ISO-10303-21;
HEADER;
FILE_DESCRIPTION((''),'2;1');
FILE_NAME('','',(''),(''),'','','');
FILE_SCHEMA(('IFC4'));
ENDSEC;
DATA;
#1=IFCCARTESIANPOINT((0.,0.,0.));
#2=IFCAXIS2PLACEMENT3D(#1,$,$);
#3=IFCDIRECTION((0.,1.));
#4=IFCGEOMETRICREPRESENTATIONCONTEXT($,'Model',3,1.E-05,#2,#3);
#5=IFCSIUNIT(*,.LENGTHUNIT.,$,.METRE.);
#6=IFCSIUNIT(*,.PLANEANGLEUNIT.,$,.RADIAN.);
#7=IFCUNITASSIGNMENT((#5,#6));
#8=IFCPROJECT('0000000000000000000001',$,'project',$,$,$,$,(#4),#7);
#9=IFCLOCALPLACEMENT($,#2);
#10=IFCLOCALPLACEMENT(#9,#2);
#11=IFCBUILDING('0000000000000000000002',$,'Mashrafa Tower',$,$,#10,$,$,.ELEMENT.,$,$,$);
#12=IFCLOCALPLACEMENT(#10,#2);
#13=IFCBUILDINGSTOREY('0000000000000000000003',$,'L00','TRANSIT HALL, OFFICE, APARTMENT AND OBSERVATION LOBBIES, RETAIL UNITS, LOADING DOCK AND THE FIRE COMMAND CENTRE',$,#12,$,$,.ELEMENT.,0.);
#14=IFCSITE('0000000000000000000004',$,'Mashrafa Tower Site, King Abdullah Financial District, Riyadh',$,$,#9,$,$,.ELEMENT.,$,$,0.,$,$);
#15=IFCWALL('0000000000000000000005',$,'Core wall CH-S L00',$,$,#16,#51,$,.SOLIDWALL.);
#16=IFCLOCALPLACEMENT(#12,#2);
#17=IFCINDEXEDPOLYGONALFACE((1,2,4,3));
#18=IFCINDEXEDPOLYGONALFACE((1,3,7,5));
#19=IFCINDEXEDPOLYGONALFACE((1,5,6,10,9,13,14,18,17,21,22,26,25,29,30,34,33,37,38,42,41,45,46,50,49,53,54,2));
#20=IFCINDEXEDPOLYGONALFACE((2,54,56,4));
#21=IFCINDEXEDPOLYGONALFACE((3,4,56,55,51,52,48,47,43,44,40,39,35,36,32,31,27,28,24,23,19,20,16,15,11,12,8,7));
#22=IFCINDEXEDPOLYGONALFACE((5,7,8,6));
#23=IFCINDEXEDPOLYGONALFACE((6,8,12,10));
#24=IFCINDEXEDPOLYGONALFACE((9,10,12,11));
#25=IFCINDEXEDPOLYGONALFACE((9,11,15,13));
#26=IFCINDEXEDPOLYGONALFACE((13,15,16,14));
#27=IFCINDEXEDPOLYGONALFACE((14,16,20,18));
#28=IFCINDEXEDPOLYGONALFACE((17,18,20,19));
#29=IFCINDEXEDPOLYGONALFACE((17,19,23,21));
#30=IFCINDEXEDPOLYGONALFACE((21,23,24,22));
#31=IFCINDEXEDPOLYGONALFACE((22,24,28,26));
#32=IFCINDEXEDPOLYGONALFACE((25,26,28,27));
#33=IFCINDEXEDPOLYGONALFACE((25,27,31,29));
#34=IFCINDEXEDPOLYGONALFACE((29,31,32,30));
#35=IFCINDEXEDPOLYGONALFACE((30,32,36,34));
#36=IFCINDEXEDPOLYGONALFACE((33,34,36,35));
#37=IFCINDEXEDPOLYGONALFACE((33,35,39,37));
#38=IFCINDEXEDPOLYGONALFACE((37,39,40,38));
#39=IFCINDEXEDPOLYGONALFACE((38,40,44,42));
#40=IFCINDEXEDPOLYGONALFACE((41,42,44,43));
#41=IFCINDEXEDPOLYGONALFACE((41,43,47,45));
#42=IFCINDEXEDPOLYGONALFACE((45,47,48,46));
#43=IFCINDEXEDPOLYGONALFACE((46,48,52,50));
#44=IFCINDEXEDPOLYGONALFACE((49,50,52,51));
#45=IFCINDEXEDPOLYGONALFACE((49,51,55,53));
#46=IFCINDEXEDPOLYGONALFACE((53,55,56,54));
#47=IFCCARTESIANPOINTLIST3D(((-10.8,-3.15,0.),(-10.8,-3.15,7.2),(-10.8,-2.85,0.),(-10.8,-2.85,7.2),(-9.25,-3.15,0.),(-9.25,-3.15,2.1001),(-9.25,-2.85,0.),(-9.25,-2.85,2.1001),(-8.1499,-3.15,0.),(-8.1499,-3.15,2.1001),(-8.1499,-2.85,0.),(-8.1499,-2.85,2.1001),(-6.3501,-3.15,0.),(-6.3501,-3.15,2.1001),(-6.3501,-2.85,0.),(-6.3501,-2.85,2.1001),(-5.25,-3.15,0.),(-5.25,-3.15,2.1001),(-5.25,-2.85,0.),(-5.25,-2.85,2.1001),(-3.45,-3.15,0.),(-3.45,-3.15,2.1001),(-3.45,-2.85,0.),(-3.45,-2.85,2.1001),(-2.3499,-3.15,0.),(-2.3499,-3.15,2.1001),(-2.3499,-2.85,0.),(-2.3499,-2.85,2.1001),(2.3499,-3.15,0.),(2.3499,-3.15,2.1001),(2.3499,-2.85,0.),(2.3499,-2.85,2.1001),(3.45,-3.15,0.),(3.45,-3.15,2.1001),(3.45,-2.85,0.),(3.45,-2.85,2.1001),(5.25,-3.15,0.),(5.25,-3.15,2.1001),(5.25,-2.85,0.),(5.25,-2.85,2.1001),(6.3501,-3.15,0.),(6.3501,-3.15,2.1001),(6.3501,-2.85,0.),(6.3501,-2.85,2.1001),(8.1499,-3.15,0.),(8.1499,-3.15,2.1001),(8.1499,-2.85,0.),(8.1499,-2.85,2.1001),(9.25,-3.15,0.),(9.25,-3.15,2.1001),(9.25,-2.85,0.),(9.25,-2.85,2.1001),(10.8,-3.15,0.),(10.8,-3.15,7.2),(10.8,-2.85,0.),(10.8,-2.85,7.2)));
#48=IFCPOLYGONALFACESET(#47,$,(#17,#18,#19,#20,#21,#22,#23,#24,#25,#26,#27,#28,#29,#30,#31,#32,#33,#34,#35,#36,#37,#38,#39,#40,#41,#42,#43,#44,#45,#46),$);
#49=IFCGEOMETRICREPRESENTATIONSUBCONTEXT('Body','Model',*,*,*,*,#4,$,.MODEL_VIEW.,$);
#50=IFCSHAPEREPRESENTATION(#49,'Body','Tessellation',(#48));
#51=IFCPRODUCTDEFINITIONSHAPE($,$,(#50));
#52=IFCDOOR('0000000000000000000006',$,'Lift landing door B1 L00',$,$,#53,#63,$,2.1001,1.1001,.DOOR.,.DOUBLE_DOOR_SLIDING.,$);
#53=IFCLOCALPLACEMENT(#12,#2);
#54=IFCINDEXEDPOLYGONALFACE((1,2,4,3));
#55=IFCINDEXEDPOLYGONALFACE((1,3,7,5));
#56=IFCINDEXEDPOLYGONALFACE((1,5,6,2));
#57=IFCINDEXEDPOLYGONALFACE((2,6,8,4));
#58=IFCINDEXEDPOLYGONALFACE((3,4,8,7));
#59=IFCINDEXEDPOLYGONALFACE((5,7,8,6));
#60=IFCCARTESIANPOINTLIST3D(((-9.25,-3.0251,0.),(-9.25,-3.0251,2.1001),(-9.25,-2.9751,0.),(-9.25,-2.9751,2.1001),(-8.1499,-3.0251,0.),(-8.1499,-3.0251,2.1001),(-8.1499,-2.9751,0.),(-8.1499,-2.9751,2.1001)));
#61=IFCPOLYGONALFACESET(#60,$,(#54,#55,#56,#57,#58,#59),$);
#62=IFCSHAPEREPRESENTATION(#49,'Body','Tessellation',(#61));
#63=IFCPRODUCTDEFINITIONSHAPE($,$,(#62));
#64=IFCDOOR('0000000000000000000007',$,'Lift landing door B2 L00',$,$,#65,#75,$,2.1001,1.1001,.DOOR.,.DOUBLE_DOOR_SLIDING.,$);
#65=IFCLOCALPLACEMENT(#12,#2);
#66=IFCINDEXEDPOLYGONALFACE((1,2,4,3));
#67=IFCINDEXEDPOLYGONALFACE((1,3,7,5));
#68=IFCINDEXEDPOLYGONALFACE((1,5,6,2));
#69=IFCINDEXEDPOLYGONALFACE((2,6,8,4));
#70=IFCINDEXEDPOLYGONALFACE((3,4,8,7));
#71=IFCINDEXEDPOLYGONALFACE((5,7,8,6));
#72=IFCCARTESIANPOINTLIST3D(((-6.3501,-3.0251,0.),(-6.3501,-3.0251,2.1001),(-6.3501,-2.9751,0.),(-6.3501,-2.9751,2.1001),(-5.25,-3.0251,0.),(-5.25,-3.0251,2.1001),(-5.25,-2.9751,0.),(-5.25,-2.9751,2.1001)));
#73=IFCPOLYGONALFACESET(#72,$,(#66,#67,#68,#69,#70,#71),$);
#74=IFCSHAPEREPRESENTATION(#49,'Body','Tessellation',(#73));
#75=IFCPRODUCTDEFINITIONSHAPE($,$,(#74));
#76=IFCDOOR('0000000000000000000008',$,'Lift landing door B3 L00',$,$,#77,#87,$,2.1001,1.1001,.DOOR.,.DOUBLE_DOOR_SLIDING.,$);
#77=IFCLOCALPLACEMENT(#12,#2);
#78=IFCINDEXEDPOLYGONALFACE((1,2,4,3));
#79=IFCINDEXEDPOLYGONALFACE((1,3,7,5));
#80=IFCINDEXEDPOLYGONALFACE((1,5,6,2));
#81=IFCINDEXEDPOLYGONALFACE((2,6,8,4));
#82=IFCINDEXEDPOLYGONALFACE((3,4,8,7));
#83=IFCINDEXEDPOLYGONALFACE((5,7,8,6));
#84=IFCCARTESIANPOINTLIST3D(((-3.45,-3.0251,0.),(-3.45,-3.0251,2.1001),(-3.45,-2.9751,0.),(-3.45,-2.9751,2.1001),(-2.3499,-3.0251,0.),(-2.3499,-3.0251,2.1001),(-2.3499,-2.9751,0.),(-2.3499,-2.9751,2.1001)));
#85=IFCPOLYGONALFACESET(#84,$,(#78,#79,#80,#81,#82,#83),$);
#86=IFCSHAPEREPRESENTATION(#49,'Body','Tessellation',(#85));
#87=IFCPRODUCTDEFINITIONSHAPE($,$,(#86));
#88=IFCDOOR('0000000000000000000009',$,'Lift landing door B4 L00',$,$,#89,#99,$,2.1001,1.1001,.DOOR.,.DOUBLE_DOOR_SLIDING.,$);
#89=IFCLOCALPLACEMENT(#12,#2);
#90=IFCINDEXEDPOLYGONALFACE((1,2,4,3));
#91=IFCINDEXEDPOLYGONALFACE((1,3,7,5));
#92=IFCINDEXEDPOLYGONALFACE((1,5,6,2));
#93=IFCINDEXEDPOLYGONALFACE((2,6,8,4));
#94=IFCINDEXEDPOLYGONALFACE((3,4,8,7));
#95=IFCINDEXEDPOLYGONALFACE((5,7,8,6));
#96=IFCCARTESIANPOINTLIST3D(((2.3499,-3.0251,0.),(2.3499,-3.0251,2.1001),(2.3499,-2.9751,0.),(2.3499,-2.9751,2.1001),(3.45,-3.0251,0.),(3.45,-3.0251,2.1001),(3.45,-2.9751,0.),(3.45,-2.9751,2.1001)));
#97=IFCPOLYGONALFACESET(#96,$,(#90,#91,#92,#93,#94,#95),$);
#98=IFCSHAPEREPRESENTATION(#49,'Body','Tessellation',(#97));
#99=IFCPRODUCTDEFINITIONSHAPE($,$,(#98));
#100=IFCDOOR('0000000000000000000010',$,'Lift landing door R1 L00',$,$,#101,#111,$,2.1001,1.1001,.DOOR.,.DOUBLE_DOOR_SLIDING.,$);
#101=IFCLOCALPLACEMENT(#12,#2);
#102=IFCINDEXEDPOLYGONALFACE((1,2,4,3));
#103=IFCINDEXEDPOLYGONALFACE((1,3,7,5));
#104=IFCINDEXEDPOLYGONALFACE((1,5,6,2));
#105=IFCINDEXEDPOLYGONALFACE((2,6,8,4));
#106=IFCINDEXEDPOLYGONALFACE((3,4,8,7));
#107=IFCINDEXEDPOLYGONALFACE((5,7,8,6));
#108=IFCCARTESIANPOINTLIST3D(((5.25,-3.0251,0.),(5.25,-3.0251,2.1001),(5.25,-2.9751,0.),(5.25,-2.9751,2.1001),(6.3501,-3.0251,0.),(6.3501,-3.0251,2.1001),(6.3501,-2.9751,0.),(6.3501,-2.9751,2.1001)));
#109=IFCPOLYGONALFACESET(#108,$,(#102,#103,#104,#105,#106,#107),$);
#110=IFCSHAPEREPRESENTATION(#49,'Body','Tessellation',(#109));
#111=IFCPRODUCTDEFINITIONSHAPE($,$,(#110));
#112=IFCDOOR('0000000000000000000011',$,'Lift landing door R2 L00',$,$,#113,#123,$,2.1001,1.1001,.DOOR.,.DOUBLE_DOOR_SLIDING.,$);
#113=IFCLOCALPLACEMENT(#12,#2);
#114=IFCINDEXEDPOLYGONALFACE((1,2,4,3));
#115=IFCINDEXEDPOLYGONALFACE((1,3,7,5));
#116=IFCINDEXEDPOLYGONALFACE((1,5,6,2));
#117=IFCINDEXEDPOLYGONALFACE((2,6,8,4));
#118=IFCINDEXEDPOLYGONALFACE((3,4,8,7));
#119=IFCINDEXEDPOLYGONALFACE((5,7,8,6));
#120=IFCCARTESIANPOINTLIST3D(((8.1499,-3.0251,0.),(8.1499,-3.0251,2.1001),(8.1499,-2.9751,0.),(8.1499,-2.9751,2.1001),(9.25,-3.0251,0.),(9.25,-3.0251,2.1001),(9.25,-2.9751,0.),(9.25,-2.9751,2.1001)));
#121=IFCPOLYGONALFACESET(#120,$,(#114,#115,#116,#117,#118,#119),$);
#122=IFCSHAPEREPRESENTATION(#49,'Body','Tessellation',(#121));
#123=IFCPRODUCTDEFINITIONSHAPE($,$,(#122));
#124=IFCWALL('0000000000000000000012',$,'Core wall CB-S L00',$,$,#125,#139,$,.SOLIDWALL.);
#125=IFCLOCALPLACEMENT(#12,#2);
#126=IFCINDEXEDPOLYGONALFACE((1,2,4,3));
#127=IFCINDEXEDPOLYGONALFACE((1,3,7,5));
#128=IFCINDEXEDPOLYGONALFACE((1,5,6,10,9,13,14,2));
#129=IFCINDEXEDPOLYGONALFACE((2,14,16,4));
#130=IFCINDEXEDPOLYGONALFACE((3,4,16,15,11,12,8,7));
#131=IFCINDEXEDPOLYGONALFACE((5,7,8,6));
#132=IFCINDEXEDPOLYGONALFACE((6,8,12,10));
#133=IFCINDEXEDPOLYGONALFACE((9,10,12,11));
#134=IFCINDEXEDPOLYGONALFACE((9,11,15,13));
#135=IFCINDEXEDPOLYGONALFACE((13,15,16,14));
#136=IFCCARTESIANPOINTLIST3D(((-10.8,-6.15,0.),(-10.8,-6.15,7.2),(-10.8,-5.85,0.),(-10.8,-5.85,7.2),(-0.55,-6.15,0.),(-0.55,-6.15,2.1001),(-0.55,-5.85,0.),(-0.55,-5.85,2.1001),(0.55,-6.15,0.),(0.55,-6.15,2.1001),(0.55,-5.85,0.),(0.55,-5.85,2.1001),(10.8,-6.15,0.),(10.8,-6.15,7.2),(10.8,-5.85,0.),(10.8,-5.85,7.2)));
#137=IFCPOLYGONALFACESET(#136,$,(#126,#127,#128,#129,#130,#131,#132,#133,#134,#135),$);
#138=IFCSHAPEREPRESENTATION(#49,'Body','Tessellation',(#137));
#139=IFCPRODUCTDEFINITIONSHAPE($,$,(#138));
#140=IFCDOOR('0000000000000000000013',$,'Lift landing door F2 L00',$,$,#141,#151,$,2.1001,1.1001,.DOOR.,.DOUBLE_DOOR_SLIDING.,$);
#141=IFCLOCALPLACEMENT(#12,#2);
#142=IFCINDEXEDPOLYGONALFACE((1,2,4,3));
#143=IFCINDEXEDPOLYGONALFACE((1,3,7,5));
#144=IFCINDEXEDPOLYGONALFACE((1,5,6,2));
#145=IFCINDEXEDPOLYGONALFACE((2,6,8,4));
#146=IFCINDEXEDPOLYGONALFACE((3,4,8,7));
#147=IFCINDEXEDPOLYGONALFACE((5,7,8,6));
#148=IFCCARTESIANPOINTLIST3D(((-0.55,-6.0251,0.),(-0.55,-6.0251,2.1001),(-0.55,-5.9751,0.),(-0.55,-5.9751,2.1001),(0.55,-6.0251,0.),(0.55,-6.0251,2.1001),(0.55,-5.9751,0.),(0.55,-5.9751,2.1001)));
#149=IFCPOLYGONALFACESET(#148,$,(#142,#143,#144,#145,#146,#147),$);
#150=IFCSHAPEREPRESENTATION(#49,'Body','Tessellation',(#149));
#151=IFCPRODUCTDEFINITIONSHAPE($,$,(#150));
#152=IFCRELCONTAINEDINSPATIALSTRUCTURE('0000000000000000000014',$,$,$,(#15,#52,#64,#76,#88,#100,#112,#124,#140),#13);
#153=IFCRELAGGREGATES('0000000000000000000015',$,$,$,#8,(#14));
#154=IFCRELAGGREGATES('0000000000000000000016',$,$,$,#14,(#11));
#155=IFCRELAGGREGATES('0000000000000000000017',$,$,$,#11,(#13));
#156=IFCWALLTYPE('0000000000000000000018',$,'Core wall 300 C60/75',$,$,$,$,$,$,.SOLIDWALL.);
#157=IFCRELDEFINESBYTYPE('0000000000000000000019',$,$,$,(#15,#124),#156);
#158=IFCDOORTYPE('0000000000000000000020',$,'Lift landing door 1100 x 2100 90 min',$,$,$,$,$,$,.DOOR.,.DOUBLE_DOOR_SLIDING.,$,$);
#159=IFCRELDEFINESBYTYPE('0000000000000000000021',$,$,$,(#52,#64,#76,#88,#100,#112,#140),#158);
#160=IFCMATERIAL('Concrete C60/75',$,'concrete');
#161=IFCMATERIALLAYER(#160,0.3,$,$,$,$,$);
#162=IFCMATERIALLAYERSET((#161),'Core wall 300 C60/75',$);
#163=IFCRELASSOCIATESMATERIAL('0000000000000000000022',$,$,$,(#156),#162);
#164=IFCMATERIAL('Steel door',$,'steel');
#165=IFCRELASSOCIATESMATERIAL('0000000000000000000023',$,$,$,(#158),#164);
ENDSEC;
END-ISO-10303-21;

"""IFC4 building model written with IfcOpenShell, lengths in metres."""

from ifc_helpers import new_model, si_unit, direction, frame, frame_2d, origin, place, context, subcontext, project, spatial, rectangle, extrude, material, layer, layer_set, type_object, element, fill, save


model = new_model("IFC4")

# Units and contexts
model_context = context("Model", 3, precision=1e-05, world=origin(), true_north=direction((0.0, 1.0)))
body_context = subcontext(model_context, "Body", "Model", "MODEL_VIEW")
ifc_project = project(units=[si_unit("LENGTHUNIT", "METRE"), si_unit("PLANEANGLEUNIT", "RADIAN")], contexts=[model_context])

# Site, building, storey
site_placement = place(None, origin())
site = spatial("IfcSite", under=ifc_project, at=site_placement, Name="Mashrafa Tower Site, King Abdullah Financial District, Riyadh", CompositionType="ELEMENT", RefElevation=0.0)
building_placement = place(site_placement, origin())
building = spatial("IfcBuilding", under=site, at=building_placement, Name="Mashrafa Tower", CompositionType="ELEMENT")
storey_placement = place(building_placement, origin())
storey = spatial("IfcBuildingStorey", under=building, at=storey_placement, Name="L00", Description="TRANSIT HALL, OFFICE, APARTMENT AND OBSERVATION LOBBIES, RETAIL UNITS, LOADING DOCK AND THE FIRE COMMAND CENTRE", CompositionType="ELEMENT", Elevation=0.0)

# Wall, openings, doors
ifc_material_1 = material(Name="Concrete C60/75", Category="concrete")
ifc_layer_1 = layer(ifc_material_1, 0.3)
ifc_layer_set_1 = layer_set([ifc_layer_1], Name="Core wall 300 C60/75")
wall_type_1 = type_object("IfcWallType", Name="Core wall 300 C60/75", PredefinedType="SOLIDWALL", material=ifc_layer_set_1)
wall_1_placement = place(storey_placement, frame((-10.8, -3.0, 0.0), z_axis=(0.0, 0.0, 1.0), x_axis=(1.0, 0.0, 0.0)))
wall_1 = element("IfcWall", 1, at=wall_1_placement, inside=storey, type_object=wall_type_1, Name="Core wall CH-S L00", PredefinedType="SOLIDWALL", context=body_context, shape_type="SweptSolid", body=[
    extrude(rectangle(XDim=21.6001, YDim=0.3, at=frame_2d((10.8, 0.0))), origin(), (0.0, 0.0, 1.0), 7.2),
])
opening_1_placement = place(wall_1_placement, frame((1.55, 0.0, 0.0)))
opening_1 = element("IfcOpeningElement", 2, at=opening_1_placement, cuts=wall_1, PredefinedType="OPENING", context=body_context, shape_type="SweptSolid", body=[
    extrude(rectangle(XDim=1.1001, YDim=2.1001, at=frame_2d((0.55, 1.05))), frame((0.0, 0.1599, 0.0), z_axis=(0.0, -1.0, 0.0), x_axis=(1.0, 0.0, 0.0)), (0.0, 0.0, 1.0), 0.3201),
])
opening_2_placement = place(wall_1_placement, frame((4.45, 0.0, 0.0)))
opening_2 = element("IfcOpeningElement", 3, at=opening_2_placement, cuts=wall_1, PredefinedType="OPENING", context=body_context, shape_type="SweptSolid", body=[
    extrude(rectangle(XDim=1.1001, YDim=2.1001, at=frame_2d((0.55, 1.05))), frame((0.0, 0.1599, 0.0), z_axis=(0.0, -1.0, 0.0), x_axis=(1.0, 0.0, 0.0)), (0.0, 0.0, 1.0), 0.3201),
])
opening_3_placement = place(wall_1_placement, frame((7.3501, 0.0, 0.0)))
opening_3 = element("IfcOpeningElement", 4, at=opening_3_placement, cuts=wall_1, PredefinedType="OPENING", context=body_context, shape_type="SweptSolid", body=[
    extrude(rectangle(XDim=1.1001, YDim=2.1001, at=frame_2d((0.55, 1.05))), frame((0.0, 0.1599, 0.0), z_axis=(0.0, -1.0, 0.0), x_axis=(1.0, 0.0, 0.0)), (0.0, 0.0, 1.0), 0.3201),
])
opening_4_placement = place(wall_1_placement, frame((13.1499, 0.0, 0.0)))
opening_4 = element("IfcOpeningElement", 5, at=opening_4_placement, cuts=wall_1, PredefinedType="OPENING", context=body_context, shape_type="SweptSolid", body=[
    extrude(rectangle(XDim=1.1001, YDim=2.1001, at=frame_2d((0.55, 1.05))), frame((0.0, 0.1599, 0.0), z_axis=(0.0, -1.0, 0.0), x_axis=(1.0, 0.0, 0.0)), (0.0, 0.0, 1.0), 0.3201),
])
opening_5_placement = place(wall_1_placement, frame((16.05, 0.0, 0.0)))
opening_5 = element("IfcOpeningElement", 6, at=opening_5_placement, cuts=wall_1, PredefinedType="OPENING", context=body_context, shape_type="SweptSolid", body=[
    extrude(rectangle(XDim=1.1001, YDim=2.1001, at=frame_2d((0.55, 1.05))), frame((0.0, 0.1599, 0.0), z_axis=(0.0, -1.0, 0.0), x_axis=(1.0, 0.0, 0.0)), (0.0, 0.0, 1.0), 0.3201),
])
opening_6_placement = place(wall_1_placement, frame((18.95, 0.0, 0.0)))
opening_6 = element("IfcOpeningElement", 7, at=opening_6_placement, cuts=wall_1, PredefinedType="OPENING", context=body_context, shape_type="SweptSolid", body=[
    extrude(rectangle(XDim=1.1001, YDim=2.1001, at=frame_2d((0.55, 1.05))), frame((0.0, 0.1599, 0.0), z_axis=(0.0, -1.0, 0.0), x_axis=(1.0, 0.0, 0.0)), (0.0, 0.0, 1.0), 0.3201),
])
ifc_material_2 = material(Name="Steel door", Category="steel")
door_type_1 = type_object("IfcDoorType", Name="Lift landing door 1100 x 2100 90 min", OperationType="DOUBLE_DOOR_SLIDING", PredefinedType="DOOR", material=ifc_material_2)
door_1_placement = place(opening_1_placement, origin())
door_1 = element("IfcDoor", 8, at=door_1_placement, inside=storey, type_object=door_type_1, Name="Lift landing door B1 L00", OperationType="DOUBLE_DOOR_SLIDING", OverallHeight=2.1001, OverallWidth=1.1001, PredefinedType="DOOR", context=body_context, shape_type="SweptSolid", body=[
    extrude(rectangle(XDim=1.1001, YDim=2.1001, at=frame_2d((0.55, 1.05))), frame((0.0, 0.0249, 0.0), z_axis=(0.0, -1.0, 0.0), x_axis=(1.0, 0.0, 0.0)), (0.0, 0.0, 1.0), 0.05),
])
fill(opening_1, door_1)
door_2_placement = place(opening_2_placement, origin())
door_2 = element("IfcDoor", 9, at=door_2_placement, inside=storey, type_object=door_type_1, Name="Lift landing door B2 L00", OperationType="DOUBLE_DOOR_SLIDING", OverallHeight=2.1001, OverallWidth=1.1001, PredefinedType="DOOR", context=body_context, shape_type="SweptSolid", body=[
    extrude(rectangle(XDim=1.1001, YDim=2.1001, at=frame_2d((0.55, 1.05))), frame((0.0, 0.0249, 0.0), z_axis=(0.0, -1.0, 0.0), x_axis=(1.0, 0.0, 0.0)), (0.0, 0.0, 1.0), 0.05),
])
fill(opening_2, door_2)
door_3_placement = place(opening_3_placement, origin())
door_3 = element("IfcDoor", 10, at=door_3_placement, inside=storey, type_object=door_type_1, Name="Lift landing door B3 L00", OperationType="DOUBLE_DOOR_SLIDING", OverallHeight=2.1001, OverallWidth=1.1001, PredefinedType="DOOR", context=body_context, shape_type="SweptSolid", body=[
    extrude(rectangle(XDim=1.1001, YDim=2.1001, at=frame_2d((0.55, 1.05))), frame((0.0, 0.0249, 0.0), z_axis=(0.0, -1.0, 0.0), x_axis=(1.0, 0.0, 0.0)), (0.0, 0.0, 1.0), 0.05),
])
fill(opening_3, door_3)
door_4_placement = place(opening_4_placement, origin())
door_4 = element("IfcDoor", 11, at=door_4_placement, inside=storey, type_object=door_type_1, Name="Lift landing door B4 L00", OperationType="DOUBLE_DOOR_SLIDING", OverallHeight=2.1001, OverallWidth=1.1001, PredefinedType="DOOR", context=body_context, shape_type="SweptSolid", body=[
    extrude(rectangle(XDim=1.1001, YDim=2.1001, at=frame_2d((0.55, 1.05))), frame((0.0, 0.0249, 0.0), z_axis=(0.0, -1.0, 0.0), x_axis=(1.0, 0.0, 0.0)), (0.0, 0.0, 1.0), 0.05),
])
fill(opening_4, door_4)
door_5_placement = place(opening_5_placement, origin())
door_5 = element("IfcDoor", 12, at=door_5_placement, inside=storey, type_object=door_type_1, Name="Lift landing door R1 L00", OperationType="DOUBLE_DOOR_SLIDING", OverallHeight=2.1001, OverallWidth=1.1001, PredefinedType="DOOR", context=body_context, shape_type="SweptSolid", body=[
    extrude(rectangle(XDim=1.1001, YDim=2.1001, at=frame_2d((0.55, 1.05))), frame((0.0, 0.0249, 0.0), z_axis=(0.0, -1.0, 0.0), x_axis=(1.0, 0.0, 0.0)), (0.0, 0.0, 1.0), 0.05),
])
fill(opening_5, door_5)
door_6_placement = place(opening_6_placement, origin())
door_6 = element("IfcDoor", 13, at=door_6_placement, inside=storey, type_object=door_type_1, Name="Lift landing door R2 L00", OperationType="DOUBLE_DOOR_SLIDING", OverallHeight=2.1001, OverallWidth=1.1001, PredefinedType="DOOR", context=body_context, shape_type="SweptSolid", body=[
    extrude(rectangle(XDim=1.1001, YDim=2.1001, at=frame_2d((0.55, 1.05))), frame((0.0, 0.0249, 0.0), z_axis=(0.0, -1.0, 0.0), x_axis=(1.0, 0.0, 0.0)), (0.0, 0.0, 1.0), 0.05),
])
fill(opening_6, door_6)

# Wall, opening, door
wall_2_placement = place(storey_placement, frame((-10.8, -6.0, 0.0), z_axis=(0.0, 0.0, 1.0), x_axis=(1.0, 0.0, 0.0)))
wall_2 = element("IfcWall", 14, at=wall_2_placement, inside=storey, type_object=wall_type_1, Name="Core wall CB-S L00", PredefinedType="SOLIDWALL", context=body_context, shape_type="SweptSolid", body=[
    extrude(rectangle(XDim=21.6001, YDim=0.3, at=frame_2d((10.8, 0.0))), origin(), (0.0, 0.0, 1.0), 7.2),
])
opening_7_placement = place(wall_2_placement, frame((10.25, 0.0, 0.0)))
opening_7 = element("IfcOpeningElement", 15, at=opening_7_placement, cuts=wall_2, PredefinedType="OPENING", context=body_context, shape_type="SweptSolid", body=[
    extrude(rectangle(XDim=1.1001, YDim=2.1001, at=frame_2d((0.55, 1.05))), frame((0.0, 0.1599, 0.0), z_axis=(0.0, -1.0, 0.0), x_axis=(1.0, 0.0, 0.0)), (0.0, 0.0, 1.0), 0.3201),
])
door_7_placement = place(opening_7_placement, origin())
door_7 = element("IfcDoor", 16, at=door_7_placement, inside=storey, type_object=door_type_1, Name="Lift landing door F2 L00", OperationType="DOUBLE_DOOR_SLIDING", OverallHeight=2.1001, OverallWidth=1.1001, PredefinedType="DOOR", context=body_context, shape_type="SweptSolid", body=[
    extrude(rectangle(XDim=1.1001, YDim=2.1001, at=frame_2d((0.55, 1.05))), frame((0.0, 0.0249, 0.0), z_axis=(0.0, -1.0, 0.0), x_axis=(1.0, 0.0, 0.0)), (0.0, 0.0, 1.0), 0.05),
])
fill(opening_7, door_7)

save(model, "model.ifc")
